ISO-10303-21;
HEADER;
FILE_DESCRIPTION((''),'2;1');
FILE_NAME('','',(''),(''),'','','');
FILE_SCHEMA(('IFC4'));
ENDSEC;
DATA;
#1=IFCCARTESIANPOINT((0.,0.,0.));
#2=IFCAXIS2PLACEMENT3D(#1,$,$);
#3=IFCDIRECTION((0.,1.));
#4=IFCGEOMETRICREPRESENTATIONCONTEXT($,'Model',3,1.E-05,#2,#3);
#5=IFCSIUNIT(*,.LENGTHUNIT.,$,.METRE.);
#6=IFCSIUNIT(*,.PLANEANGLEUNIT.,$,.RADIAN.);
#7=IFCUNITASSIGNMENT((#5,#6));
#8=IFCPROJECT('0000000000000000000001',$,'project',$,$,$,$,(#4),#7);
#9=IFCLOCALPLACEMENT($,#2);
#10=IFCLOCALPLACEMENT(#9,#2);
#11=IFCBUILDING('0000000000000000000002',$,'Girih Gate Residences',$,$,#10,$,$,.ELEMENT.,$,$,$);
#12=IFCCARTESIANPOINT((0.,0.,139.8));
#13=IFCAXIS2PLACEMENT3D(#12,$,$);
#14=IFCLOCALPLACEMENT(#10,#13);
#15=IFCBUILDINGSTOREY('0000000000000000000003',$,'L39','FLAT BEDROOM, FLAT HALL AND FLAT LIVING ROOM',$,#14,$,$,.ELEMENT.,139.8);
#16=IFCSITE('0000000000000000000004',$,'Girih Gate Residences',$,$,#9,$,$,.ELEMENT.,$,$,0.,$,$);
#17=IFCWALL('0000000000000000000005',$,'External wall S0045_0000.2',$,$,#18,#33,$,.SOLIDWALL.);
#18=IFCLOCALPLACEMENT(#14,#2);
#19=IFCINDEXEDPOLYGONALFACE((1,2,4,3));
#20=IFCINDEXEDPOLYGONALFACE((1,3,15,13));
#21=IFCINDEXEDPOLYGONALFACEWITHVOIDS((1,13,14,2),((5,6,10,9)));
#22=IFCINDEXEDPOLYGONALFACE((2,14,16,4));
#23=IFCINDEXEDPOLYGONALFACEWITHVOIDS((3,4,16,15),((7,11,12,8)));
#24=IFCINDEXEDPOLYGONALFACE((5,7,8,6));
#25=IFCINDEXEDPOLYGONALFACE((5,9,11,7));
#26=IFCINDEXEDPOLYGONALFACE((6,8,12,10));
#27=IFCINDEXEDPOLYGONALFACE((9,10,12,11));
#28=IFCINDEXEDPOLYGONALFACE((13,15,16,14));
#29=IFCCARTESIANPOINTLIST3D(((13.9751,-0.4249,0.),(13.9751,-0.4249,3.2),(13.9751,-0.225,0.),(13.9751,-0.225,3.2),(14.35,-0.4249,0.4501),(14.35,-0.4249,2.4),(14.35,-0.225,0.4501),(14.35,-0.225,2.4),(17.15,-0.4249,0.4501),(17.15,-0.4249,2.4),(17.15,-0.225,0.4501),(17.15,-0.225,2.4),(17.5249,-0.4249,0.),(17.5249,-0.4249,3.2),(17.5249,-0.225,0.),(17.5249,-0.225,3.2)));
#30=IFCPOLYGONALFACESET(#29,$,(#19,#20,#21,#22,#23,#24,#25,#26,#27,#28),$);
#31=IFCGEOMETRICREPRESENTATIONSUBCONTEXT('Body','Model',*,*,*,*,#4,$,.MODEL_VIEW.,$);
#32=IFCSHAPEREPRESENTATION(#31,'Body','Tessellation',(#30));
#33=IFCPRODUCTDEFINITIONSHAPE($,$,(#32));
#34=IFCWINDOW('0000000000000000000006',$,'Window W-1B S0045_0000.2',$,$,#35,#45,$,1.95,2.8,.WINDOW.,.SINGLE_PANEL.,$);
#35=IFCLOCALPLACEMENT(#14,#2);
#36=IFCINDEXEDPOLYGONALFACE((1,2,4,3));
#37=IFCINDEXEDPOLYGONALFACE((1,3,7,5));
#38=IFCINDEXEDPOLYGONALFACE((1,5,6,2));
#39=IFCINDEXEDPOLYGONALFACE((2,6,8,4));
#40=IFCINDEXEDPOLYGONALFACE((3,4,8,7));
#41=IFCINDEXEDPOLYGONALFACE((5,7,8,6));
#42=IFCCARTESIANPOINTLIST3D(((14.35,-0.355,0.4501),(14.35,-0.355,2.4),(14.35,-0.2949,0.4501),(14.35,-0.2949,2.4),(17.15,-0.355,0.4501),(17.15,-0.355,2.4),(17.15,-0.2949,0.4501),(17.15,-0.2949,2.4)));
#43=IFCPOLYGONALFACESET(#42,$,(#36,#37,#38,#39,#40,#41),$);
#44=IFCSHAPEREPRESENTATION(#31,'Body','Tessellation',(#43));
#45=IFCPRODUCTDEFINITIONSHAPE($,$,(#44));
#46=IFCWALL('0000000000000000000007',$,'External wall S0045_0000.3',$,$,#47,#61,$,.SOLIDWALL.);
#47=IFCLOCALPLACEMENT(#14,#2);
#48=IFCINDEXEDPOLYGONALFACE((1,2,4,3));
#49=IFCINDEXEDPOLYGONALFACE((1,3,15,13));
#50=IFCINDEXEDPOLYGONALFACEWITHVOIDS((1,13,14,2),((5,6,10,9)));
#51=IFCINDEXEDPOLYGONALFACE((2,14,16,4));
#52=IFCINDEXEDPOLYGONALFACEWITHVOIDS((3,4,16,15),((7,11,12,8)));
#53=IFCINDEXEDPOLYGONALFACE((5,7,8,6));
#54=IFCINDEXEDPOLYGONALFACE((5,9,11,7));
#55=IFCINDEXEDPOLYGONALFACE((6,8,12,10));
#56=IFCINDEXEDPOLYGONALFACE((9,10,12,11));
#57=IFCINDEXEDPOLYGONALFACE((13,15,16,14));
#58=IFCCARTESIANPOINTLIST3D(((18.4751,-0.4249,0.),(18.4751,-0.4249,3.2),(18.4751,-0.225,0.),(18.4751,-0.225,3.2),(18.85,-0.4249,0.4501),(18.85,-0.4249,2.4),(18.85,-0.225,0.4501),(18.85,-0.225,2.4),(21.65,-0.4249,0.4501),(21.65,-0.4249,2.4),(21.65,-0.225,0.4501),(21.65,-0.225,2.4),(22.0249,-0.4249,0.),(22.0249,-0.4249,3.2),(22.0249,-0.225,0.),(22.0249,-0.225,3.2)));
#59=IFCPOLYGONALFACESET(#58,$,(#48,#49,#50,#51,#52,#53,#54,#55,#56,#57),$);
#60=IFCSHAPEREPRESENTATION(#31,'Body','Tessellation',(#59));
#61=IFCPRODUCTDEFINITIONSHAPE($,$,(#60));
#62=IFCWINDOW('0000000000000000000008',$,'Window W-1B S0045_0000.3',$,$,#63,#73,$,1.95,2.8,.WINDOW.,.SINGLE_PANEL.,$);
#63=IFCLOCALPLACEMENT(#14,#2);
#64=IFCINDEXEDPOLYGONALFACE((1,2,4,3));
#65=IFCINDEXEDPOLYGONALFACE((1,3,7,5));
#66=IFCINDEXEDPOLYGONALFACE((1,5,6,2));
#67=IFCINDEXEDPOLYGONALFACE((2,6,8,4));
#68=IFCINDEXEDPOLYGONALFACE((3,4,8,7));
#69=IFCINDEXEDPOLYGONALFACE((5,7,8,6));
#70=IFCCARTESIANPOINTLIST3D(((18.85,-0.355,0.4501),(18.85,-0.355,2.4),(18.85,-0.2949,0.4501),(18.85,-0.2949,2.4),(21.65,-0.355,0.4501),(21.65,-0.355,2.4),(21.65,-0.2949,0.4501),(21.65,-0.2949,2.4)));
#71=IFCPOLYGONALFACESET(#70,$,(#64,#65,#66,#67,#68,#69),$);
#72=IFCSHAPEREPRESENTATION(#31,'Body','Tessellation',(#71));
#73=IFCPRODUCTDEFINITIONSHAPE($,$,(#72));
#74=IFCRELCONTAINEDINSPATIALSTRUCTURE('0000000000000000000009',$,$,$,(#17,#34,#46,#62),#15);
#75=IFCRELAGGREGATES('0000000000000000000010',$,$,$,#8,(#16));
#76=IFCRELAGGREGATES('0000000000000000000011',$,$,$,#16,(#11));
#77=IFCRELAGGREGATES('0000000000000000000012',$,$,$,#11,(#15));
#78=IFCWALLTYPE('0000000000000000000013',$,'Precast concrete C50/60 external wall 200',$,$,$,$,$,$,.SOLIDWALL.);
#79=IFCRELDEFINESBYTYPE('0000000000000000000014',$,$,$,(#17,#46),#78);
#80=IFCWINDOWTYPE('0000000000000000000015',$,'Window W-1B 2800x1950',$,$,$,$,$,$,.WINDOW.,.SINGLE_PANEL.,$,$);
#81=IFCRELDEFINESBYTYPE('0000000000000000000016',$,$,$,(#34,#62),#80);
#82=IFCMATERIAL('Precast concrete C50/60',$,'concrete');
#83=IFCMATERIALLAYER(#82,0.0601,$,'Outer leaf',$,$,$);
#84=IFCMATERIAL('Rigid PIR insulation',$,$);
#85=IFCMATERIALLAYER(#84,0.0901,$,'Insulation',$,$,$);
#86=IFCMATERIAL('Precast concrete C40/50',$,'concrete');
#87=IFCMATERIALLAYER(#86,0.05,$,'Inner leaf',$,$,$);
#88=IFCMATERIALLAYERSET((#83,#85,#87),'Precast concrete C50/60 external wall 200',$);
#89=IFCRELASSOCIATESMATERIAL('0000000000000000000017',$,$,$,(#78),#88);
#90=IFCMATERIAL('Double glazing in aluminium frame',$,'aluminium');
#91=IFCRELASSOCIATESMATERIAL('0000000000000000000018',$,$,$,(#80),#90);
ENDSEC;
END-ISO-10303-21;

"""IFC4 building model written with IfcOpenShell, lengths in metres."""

from ifc_helpers import new_model, si_unit, direction, frame, frame_2d, origin, place, context, subcontext, project, spatial, rectangle, extrude, material, layer, layer_set, type_object, element, fill, save


model = new_model("IFC4")

# Units and contexts
model_context = context("Model", 3, precision=1e-05, world=origin(), true_north=direction((0.0, 1.0)))
body_context = subcontext(model_context, "Body", "Model", "MODEL_VIEW")
ifc_project = project(units=[si_unit("LENGTHUNIT", "METRE"), si_unit("PLANEANGLEUNIT", "RADIAN")], contexts=[model_context])

# Site, building, storey
site_placement = place(None, origin())
site = spatial("IfcSite", under=ifc_project, at=site_placement, Name="Girih Gate Residences", CompositionType="ELEMENT", RefElevation=0.0)
building_placement = place(site_placement, origin())
building = spatial("IfcBuilding", under=site, at=building_placement, Name="Girih Gate Residences", CompositionType="ELEMENT")
storey_placement = place(building_placement, frame((0.0, 0.0, 139.8)))
storey = spatial("IfcBuildingStorey", under=building, at=storey_placement, Name="L39", Description="FLAT BEDROOM, FLAT HALL AND FLAT LIVING ROOM", CompositionType="ELEMENT", Elevation=139.8)

# Walls, openings, windows
ifc_material_1 = material(Name="Precast concrete C50/60", Category="concrete")
ifc_layer_1 = layer(ifc_material_1, 0.0601, Name="Outer leaf")
ifc_material_2 = material(Name="Rigid PIR insulation")
ifc_layer_2 = layer(ifc_material_2, 0.0901, Name="Insulation")
ifc_material_3 = material(Name="Precast concrete C40/50", Category="concrete")
ifc_layer_3 = layer(ifc_material_3, 0.05, Name="Inner leaf")
ifc_layer_set_1 = layer_set([ifc_layer_1, ifc_layer_2, ifc_layer_3], Name="Precast concrete C50/60 external wall 200")
wall_type_1 = type_object("IfcWallType", Name="Precast concrete C50/60 external wall 200", PredefinedType="SOLIDWALL", material=ifc_layer_set_1)
ifc_material_4 = material(Name="Double glazing in aluminium frame", Category="aluminium")
window_type = type_object("IfcWindowType", Name="Window W-1B 2800x1950", PartitioningType="SINGLE_PANEL", PredefinedType="WINDOW", material=ifc_material_4)
wall_1_placement = place(storey_placement, frame((17.5249, -0.325, 0.0), z_axis=(0.0, 0.0, 1.0), x_axis=(-1.0, 0.0, 0.0)))
wall_1 = element("IfcWall", 1, at=wall_1_placement, inside=storey, type_object=wall_type_1, Name="External wall S0045_0000.2", PredefinedType="SOLIDWALL", context=body_context, shape_type="SweptSolid", body=[
    extrude(rectangle(XDim=3.5498, YDim=0.2, at=frame_2d((1.7749, 0.0))), origin(), (0.0, 0.0, 1.0), 3.2),
])
opening_1_placement = place(wall_1_placement, frame((0.375, 0.0, 0.45)))
opening_1 = element("IfcOpeningElement", 2, at=opening_1_placement, cuts=wall_1, PredefinedType="OPENING", context=body_context, shape_type="SweptSolid", body=[
    extrude(rectangle(XDim=2.8, YDim=1.95, at=frame_2d((1.3999, 0.9751))), frame((0.0, 0.1099, 0.0), z_axis=(0.0, -1.0, 0.0), x_axis=(1.0, 0.0, 0.0)), (0.0, 0.0, 1.0), 0.22),
])
window_1_placement = place(opening_1_placement, origin())
window_1 = element("IfcWindow", 3, at=window_1_placement, inside=storey, type_object=window_type, Name="Window W-1B S0045_0000.2", OverallHeight=1.95, OverallWidth=2.8, PartitioningType="SINGLE_PANEL", PredefinedType="WINDOW", context=body_context, shape_type="SweptSolid", body=[
    extrude(rectangle(XDim=2.8, YDim=1.95, at=frame_2d((1.3999, 0.9751))), frame((0.0, 0.03, 0.0), z_axis=(0.0, -1.0, 0.0), x_axis=(1.0, 0.0, 0.0)), (0.0, 0.0, 1.0), 0.0601),
])
fill(opening_1, window_1)
wall_2_placement = place(storey_placement, frame((22.0249, -0.325, 0.0), z_axis=(0.0, 0.0, 1.0), x_axis=(-1.0, 0.0, 0.0)))
wall_2 = element("IfcWall", 4, at=wall_2_placement, inside=storey, type_object=wall_type_1, Name="External wall S0045_0000.3", PredefinedType="SOLIDWALL", context=body_context, shape_type="SweptSolid", body=[
    extrude(rectangle(XDim=3.5498, YDim=0.2, at=frame_2d((1.7749, 0.0))), origin(), (0.0, 0.0, 1.0), 3.2),
])
opening_2_placement = place(wall_2_placement, frame((0.375, 0.0, 0.45)))
opening_2 = element("IfcOpeningElement", 5, at=opening_2_placement, cuts=wall_2, PredefinedType="OPENING", context=body_context, shape_type="SweptSolid", body=[
    extrude(rectangle(XDim=2.8, YDim=1.95, at=frame_2d((1.3999, 0.9751))), frame((0.0, 0.1099, 0.0), z_axis=(0.0, -1.0, 0.0), x_axis=(1.0, 0.0, 0.0)), (0.0, 0.0, 1.0), 0.22),
])
window_2_placement = place(opening_2_placement, origin())
window_2 = element("IfcWindow", 6, at=window_2_placement, inside=storey, type_object=window_type, Name="Window W-1B S0045_0000.3", OverallHeight=1.95, OverallWidth=2.8, PartitioningType="SINGLE_PANEL", PredefinedType="WINDOW", context=body_context, shape_type="SweptSolid", body=[
    extrude(rectangle(XDim=2.8, YDim=1.95, at=frame_2d((1.3999, 0.9751))), frame((0.0, 0.03, 0.0), z_axis=(0.0, -1.0, 0.0), x_axis=(1.0, 0.0, 0.0)), (0.0, 0.0, 1.0), 0.0601),
])
fill(opening_2, window_2)

save(model, "model.ifc")
